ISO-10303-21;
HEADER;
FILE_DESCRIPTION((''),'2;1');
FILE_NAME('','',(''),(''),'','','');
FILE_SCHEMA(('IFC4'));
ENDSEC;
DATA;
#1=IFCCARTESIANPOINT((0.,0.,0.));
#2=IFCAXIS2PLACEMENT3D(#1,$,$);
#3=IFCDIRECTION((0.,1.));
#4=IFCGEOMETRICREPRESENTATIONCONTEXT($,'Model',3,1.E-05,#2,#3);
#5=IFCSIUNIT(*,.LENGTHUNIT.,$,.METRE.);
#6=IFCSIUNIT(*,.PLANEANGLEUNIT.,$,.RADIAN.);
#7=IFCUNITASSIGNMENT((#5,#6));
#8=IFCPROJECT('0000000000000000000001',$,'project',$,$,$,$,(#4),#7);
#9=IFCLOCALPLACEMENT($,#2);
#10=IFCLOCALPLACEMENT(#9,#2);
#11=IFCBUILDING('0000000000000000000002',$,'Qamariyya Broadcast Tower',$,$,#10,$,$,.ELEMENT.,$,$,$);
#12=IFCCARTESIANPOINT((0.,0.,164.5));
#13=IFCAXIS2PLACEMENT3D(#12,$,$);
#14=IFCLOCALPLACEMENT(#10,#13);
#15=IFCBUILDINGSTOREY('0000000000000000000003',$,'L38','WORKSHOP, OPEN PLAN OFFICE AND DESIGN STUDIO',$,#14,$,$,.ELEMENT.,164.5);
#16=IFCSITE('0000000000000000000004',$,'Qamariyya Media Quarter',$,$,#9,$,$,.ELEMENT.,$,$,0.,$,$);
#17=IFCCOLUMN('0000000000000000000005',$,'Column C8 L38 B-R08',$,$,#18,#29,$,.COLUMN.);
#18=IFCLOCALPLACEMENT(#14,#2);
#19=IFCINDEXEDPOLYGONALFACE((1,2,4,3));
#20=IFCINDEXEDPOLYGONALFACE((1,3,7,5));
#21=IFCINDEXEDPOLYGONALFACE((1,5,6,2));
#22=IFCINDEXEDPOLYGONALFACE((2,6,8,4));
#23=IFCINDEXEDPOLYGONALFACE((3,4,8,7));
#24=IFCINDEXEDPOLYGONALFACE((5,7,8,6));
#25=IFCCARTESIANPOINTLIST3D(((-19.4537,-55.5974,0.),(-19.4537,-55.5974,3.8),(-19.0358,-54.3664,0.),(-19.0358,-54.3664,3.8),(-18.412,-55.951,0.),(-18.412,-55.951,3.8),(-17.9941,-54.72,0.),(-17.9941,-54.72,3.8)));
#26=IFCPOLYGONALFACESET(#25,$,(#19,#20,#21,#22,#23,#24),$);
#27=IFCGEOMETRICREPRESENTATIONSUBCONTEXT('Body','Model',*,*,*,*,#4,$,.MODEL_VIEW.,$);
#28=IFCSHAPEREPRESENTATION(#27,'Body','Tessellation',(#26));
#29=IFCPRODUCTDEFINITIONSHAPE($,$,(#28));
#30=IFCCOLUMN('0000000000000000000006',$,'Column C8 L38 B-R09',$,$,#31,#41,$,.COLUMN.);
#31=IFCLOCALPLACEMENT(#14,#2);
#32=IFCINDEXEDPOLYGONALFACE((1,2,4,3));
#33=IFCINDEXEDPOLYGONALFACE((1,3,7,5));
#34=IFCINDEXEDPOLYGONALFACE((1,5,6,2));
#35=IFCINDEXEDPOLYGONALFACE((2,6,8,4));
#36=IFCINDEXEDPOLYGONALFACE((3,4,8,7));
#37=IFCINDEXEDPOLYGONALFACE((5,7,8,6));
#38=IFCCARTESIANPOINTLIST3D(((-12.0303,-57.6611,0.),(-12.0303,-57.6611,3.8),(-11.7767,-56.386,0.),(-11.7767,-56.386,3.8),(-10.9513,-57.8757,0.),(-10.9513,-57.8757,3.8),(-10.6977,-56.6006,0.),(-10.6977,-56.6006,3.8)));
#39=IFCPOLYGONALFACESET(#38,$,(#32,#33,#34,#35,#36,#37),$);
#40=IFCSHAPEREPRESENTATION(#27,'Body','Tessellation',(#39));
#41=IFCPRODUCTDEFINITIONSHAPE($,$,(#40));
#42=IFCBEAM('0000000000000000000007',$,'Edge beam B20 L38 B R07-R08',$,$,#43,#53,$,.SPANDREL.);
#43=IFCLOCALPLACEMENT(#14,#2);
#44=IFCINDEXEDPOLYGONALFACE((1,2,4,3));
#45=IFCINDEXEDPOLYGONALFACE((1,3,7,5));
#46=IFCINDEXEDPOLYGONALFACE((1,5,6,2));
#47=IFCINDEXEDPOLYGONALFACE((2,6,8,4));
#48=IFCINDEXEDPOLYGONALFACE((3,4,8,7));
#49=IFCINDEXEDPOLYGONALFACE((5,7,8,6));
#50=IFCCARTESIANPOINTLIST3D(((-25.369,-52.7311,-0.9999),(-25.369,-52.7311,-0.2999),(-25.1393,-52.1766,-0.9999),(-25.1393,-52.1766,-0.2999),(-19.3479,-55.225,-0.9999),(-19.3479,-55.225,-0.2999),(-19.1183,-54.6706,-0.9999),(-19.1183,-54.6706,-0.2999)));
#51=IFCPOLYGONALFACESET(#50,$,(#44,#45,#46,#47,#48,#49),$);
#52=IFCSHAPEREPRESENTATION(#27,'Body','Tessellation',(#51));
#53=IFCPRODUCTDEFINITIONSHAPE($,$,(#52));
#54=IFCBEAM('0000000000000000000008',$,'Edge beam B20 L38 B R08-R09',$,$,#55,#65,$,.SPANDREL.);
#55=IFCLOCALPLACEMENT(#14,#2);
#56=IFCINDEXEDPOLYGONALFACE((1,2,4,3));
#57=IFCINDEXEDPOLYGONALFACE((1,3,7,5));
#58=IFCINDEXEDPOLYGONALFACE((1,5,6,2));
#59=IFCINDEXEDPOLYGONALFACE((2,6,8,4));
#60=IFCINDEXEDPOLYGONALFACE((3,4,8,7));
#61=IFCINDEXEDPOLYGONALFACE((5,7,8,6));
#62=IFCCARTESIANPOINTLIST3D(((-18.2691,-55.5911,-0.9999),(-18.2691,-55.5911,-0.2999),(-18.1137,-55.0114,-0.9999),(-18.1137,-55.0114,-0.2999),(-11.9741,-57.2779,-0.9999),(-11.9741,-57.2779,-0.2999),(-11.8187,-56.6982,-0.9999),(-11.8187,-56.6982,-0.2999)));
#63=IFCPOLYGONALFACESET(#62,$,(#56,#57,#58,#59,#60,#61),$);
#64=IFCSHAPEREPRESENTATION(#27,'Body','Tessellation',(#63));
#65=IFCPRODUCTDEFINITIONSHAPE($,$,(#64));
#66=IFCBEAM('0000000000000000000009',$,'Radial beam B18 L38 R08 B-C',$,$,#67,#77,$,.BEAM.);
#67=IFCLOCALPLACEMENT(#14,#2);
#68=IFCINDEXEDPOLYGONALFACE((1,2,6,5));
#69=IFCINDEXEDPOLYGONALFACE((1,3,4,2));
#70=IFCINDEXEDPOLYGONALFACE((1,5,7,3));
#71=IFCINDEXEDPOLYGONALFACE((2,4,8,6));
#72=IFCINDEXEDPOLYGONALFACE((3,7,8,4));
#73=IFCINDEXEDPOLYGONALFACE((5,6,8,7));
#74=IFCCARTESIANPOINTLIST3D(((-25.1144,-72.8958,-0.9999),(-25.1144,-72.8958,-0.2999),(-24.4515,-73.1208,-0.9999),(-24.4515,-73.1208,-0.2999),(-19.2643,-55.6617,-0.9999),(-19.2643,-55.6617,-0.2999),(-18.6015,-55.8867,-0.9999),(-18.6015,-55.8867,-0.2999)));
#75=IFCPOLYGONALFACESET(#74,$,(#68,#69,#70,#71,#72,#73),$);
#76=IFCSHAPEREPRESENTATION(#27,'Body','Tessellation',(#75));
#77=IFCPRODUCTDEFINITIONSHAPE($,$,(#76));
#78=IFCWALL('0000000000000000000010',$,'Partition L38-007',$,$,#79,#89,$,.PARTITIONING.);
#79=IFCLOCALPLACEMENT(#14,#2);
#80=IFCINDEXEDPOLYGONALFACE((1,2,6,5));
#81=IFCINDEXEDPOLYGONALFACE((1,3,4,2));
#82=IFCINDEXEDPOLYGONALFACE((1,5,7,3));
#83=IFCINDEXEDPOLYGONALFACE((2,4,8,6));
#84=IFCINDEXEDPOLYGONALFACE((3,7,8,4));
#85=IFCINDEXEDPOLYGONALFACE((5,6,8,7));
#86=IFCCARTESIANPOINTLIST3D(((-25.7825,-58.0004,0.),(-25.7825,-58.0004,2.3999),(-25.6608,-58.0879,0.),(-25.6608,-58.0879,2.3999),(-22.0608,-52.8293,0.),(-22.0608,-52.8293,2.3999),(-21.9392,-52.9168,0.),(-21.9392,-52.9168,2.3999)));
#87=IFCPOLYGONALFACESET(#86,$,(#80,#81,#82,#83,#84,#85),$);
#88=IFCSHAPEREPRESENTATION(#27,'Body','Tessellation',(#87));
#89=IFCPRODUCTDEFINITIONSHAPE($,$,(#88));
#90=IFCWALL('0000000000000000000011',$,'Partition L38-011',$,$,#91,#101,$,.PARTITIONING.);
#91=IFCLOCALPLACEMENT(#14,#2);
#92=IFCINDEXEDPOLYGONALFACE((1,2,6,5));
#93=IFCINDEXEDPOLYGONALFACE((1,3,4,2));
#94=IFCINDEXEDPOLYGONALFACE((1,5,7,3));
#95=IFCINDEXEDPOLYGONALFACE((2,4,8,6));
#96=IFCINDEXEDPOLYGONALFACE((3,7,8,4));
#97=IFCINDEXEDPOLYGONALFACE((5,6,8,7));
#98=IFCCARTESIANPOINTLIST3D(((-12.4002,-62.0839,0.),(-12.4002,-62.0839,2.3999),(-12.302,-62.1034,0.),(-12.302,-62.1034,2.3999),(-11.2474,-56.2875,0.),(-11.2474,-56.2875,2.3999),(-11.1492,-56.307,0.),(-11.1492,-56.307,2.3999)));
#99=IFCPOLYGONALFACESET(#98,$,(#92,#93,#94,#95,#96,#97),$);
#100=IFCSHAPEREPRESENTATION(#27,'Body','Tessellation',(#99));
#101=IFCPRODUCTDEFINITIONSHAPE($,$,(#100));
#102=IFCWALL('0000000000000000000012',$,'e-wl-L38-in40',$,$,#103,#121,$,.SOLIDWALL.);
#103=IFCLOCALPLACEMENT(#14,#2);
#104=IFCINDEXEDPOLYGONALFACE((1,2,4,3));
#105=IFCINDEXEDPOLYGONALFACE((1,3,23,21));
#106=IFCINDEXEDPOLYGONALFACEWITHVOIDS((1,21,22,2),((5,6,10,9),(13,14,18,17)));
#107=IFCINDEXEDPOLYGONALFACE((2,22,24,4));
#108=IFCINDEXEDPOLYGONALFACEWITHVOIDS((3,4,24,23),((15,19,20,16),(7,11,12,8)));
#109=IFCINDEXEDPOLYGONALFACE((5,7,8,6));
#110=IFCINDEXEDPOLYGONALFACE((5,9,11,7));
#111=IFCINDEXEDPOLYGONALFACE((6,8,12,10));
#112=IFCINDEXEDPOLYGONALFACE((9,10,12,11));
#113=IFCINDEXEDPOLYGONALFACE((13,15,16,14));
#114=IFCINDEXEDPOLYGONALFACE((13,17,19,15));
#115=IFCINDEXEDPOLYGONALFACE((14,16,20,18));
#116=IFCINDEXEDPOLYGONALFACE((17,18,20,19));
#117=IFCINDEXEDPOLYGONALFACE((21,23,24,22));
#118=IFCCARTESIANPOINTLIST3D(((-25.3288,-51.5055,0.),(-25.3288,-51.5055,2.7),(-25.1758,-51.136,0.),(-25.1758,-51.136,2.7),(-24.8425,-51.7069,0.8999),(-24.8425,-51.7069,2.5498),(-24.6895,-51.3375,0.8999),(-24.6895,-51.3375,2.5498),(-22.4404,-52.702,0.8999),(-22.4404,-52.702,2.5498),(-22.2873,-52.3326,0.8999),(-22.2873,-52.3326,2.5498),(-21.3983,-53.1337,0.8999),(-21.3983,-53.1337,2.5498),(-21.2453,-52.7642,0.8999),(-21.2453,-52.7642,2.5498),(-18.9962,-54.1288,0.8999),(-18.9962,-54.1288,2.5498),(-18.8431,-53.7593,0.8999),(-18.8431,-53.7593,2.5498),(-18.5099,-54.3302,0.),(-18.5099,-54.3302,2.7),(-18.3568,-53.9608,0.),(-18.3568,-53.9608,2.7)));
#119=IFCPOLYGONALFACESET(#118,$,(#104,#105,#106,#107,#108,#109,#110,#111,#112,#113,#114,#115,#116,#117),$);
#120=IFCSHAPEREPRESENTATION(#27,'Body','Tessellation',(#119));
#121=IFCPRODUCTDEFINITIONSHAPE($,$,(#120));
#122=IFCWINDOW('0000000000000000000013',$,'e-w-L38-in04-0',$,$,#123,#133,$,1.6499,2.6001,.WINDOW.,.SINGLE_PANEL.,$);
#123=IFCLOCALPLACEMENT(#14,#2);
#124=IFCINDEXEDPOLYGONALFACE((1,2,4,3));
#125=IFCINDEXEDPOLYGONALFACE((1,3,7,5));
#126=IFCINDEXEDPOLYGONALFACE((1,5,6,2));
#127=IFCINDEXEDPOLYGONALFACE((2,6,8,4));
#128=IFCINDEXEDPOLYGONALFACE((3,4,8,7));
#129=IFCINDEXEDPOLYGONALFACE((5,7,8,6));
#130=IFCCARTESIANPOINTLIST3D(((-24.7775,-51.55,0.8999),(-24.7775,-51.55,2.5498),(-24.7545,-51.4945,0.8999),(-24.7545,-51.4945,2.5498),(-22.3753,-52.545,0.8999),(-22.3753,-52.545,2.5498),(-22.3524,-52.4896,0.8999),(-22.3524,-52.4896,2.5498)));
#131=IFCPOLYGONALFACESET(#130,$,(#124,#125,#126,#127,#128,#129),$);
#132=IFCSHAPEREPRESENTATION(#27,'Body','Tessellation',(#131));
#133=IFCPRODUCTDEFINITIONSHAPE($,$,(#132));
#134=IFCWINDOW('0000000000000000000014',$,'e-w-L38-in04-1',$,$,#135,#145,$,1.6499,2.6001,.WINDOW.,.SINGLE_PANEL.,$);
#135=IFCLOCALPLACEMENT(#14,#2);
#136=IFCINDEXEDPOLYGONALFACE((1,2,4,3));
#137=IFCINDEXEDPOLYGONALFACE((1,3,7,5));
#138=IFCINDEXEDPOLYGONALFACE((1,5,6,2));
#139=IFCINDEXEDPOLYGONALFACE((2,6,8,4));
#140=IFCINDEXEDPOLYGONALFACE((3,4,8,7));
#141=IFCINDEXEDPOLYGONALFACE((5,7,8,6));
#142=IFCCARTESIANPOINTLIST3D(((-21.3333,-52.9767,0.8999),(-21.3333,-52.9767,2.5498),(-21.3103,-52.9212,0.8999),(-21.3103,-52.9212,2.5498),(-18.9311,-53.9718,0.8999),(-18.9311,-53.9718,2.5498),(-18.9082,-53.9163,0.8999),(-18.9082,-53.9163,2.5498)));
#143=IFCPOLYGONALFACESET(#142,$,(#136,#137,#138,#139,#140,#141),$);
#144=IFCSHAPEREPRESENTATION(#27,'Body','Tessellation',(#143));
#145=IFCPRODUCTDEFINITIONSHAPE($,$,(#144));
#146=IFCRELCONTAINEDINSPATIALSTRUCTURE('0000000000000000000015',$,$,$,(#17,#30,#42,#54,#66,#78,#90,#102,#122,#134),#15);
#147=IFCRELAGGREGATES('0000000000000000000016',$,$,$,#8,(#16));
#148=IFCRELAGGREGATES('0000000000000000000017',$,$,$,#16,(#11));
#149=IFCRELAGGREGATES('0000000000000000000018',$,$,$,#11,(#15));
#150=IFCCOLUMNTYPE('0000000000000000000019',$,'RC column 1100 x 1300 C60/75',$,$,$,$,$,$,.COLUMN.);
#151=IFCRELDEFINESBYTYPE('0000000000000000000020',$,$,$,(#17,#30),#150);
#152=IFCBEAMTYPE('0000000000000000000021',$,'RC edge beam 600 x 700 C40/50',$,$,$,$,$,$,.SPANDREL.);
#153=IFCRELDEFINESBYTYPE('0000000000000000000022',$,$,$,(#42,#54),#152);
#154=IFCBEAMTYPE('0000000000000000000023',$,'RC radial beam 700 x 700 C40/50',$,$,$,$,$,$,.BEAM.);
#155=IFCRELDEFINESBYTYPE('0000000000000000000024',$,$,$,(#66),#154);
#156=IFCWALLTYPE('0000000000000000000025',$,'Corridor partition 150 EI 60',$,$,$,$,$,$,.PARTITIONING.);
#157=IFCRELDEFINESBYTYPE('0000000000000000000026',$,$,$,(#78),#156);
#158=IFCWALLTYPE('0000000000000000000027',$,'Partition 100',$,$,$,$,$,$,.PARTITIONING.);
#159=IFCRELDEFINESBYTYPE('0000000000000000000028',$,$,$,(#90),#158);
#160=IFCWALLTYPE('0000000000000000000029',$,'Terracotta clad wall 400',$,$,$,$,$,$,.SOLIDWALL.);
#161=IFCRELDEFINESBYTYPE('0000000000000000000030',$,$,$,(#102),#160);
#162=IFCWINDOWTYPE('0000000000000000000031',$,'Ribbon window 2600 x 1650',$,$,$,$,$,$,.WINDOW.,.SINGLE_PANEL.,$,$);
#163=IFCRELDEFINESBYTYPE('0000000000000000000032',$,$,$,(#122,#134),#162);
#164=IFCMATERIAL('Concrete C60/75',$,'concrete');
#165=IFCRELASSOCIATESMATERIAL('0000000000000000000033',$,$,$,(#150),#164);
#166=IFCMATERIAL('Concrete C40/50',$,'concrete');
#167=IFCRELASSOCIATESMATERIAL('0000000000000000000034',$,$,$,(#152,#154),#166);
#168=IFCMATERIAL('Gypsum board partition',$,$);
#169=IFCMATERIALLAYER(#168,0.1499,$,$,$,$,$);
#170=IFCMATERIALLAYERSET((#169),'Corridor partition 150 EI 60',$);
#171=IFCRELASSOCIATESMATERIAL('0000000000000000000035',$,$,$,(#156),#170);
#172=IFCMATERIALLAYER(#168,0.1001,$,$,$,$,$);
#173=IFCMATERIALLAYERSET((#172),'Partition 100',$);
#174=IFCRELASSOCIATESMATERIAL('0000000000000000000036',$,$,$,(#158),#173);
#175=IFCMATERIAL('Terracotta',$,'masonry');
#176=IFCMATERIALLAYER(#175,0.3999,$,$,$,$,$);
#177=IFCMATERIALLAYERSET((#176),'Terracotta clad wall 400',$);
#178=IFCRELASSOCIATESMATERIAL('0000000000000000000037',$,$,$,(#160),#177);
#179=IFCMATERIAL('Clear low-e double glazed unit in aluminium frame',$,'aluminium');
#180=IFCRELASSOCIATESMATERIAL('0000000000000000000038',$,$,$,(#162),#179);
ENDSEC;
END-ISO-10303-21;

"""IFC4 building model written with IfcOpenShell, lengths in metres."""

from ifc_helpers import new_model, si_unit, direction, frame, frame_2d, origin, origin_2d, place, context, subcontext, project, spatial, rectangle, extrude, material, layer, layer_set, material_profile, profile_set, type_object, element, fill, save


model = new_model("IFC4")

# Units and contexts
model_context = context("Model", 3, precision=1e-05, world=origin(), true_north=direction((0.0, 1.0)))
body_context = subcontext(model_context, "Body", "Model", "MODEL_VIEW")
ifc_project = project(units=[si_unit("LENGTHUNIT", "METRE"), si_unit("PLANEANGLEUNIT", "RADIAN")], contexts=[model_context])

# Site, building, storey
site_placement = place(None, origin())
site = spatial("IfcSite", under=ifc_project, at=site_placement, Name="Qamariyya Media Quarter", CompositionType="ELEMENT", RefElevation=0.0)
building_placement = place(site_placement, origin())
building = spatial("IfcBuilding", under=site, at=building_placement, Name="Qamariyya Broadcast Tower", CompositionType="ELEMENT")
storey_placement = place(building_placement, frame((0.0, 0.0, 164.5)))
storey = spatial("IfcBuildingStorey", under=building, at=storey_placement, Name="L38", Description="WORKSHOP, OPEN PLAN OFFICE AND DESIGN STUDIO", CompositionType="ELEMENT", Elevation=164.5)

# Columns
ifc_material_1 = material(Name="Concrete C60/75", Category="concrete")
ifc_material_profile_1 = material_profile(ifc_material_1, rectangle(XDim=1.1001, YDim=1.3, at=origin_2d()))
ifc_profile_set_1 = profile_set([ifc_material_profile_1], Name="Concrete C60/75")
column_type = type_object("IfcColumnType", Name="RC column 1100 x 1300 C60/75", PredefinedType="COLUMN", material=ifc_profile_set_1)
for number, where, z_axis, x_axis, name in (
    (1, (-18.7239, -55.1587, 0.0), (0.0, 0.0, 1.0), (0.94693, -0.321439, 0.0), "Column C8 L38 B-R08"),
    (2, (-11.364, -57.1309, 0.0), (0.0, 0.0, 1.0), (0.980785, -0.19509, 0.0), "Column C8 L38 B-R09"),
):
    element("IfcColumn", number, at=place(storey_placement, frame(where, z_axis=z_axis, x_axis=x_axis)), inside=storey, type_object=column_type, Name=name, PredefinedType="COLUMN", context=body_context, shape_type="SweptSolid", body=[
        extrude(rectangle(XDim=1.1001, YDim=1.3, at=origin_2d()), origin(), (0.0, 0.0, 1.0), 3.8),
    ])

# Beams
ifc_material_2 = material(Name="Concrete C40/50", Category="concrete")
ifc_material_profile_2 = material_profile(ifc_material_2, rectangle(XDim=0.6001, YDim=0.7, at=origin_2d()))
ifc_profile_set_2 = profile_set([ifc_material_profile_2], Name="Concrete C40/50")
beam_type_1 = type_object("IfcBeamType", Name="RC edge beam 600 x 700 C40/50", PredefinedType="SPANDREL", material=ifc_profile_set_2)
for number, where, z_axis, x_axis, name in (
    (3, (-25.2542, -52.4539, -0.6499), (0.923884, -0.382673, 0.0), (0.382673, 0.923884, 0.0), "Edge beam B20 L38 B R07-R08"),
    (4, (-18.1914, -55.3013, -0.6499), (0.965924, -0.258826, 0.0), (0.258826, 0.965924, 0.0), "Edge beam B20 L38 B R08-R09"),
):
    element("IfcBeam", number, at=place(storey_placement, frame(where, z_axis=z_axis, x_axis=x_axis)), inside=storey, type_object=beam_type_1, Name=name, PredefinedType="SPANDREL", context=body_context, shape_type="SweptSolid", body=[
        extrude(rectangle(XDim=0.6001, YDim=0.7, at=origin_2d()), origin(), (0.0, 0.0, 1.0), 6.5171),
    ])
ifc_material_profile_3 = material_profile(ifc_material_2, rectangle(XDim=0.7, YDim=0.7, at=origin_2d()))
ifc_profile_set_3 = profile_set([ifc_material_profile_3], Name="Concrete C40/50")
beam_type_2 = type_object("IfcBeamType", Name="RC radial beam 700 x 700 C40/50", PredefinedType="BEAM", material=ifc_profile_set_3)
beam_placement = place(storey_placement, frame((-18.9329, -55.7742, -0.6499), z_axis=(-0.321434, -0.946932, 0.0), x_axis=(0.946932, -0.321434, 0.0)))
element("IfcBeam", 5, at=beam_placement, inside=storey, type_object=beam_type_2, Name="Radial beam B18 L38 R08 B-C", PredefinedType="BEAM", context=body_context, shape_type="SweptSolid", body=[
    extrude(rectangle(XDim=0.7, YDim=0.7, at=origin_2d()), origin(), (0.0, 0.0, 1.0), 18.2),
])

# Walls
ifc_material_3 = material(Name="Gypsum board partition")
ifc_layer_1 = layer(ifc_material_3, 0.1499)
ifc_layer_set_1 = layer_set([ifc_layer_1], Name="Corridor partition 150 EI 60")
wall_type_1 = type_object("IfcWallType", Name="Corridor partition 150 EI 60", PredefinedType="PARTITIONING", material=ifc_layer_set_1)
wall_1_placement = place(storey_placement, frame((-22.0, -52.873, 0.0), z_axis=(0.0, 0.0, 1.0), x_axis=(-0.584145, -0.811649, 0.0)))
element("IfcWall", 6, at=wall_1_placement, inside=storey, type_object=wall_type_1, Name="Partition L38-007", PredefinedType="PARTITIONING", context=body_context, shape_type="SweptSolid", body=[
    extrude(rectangle(XDim=6.3711, YDim=0.1499, at=frame_2d((3.1855, 0.0))), origin(), (0.0, 0.0, 1.0), 2.3999),
])
ifc_layer_2 = layer(ifc_material_3, 0.1001)
ifc_layer_set_2 = layer_set([ifc_layer_2], Name="Partition 100")
wall_type_2 = type_object("IfcWallType", Name="Partition 100", PredefinedType="PARTITIONING", material=ifc_layer_set_2)
wall_2_placement = place(storey_placement, frame((-11.1982, -56.2971, 0.0), z_axis=(0.0, 0.0, 1.0), x_axis=(-0.195067, -0.98079, 0.0)))
element("IfcWall", 7, at=wall_2_placement, inside=storey, type_object=wall_type_2, Name="Partition L38-011", PredefinedType="PARTITIONING", context=body_context, shape_type="SweptSolid", body=[
    extrude(rectangle(XDim=5.9099, YDim=0.1001, at=frame_2d((2.9551, 0.0))), origin(), (0.0, 0.0, 1.0), 2.3999),
])

# Wall, openings, windows
ifc_material_4 = material(Name="Terracotta", Category="masonry")
ifc_layer_3 = layer(ifc_material_4, 0.3999)
ifc_layer_set_3 = layer_set([ifc_layer_3], Name="Terracotta clad wall 400")
wall_type_3 = type_object("IfcWallType", Name="Terracotta clad wall 400", PredefinedType="SOLIDWALL", material=ifc_layer_set_3)
wall_3_placement = place(storey_placement, frame((-18.4333, -54.1455, 0.0), z_axis=(0.0, 0.0, 1.0), x_axis=(-0.923868, 0.382712, 0.0)))
wall_3 = element("IfcWall", 8, at=wall_3_placement, inside=storey, type_object=wall_type_3, Name="e-wl-L38-in40", PredefinedType="SOLIDWALL", context=body_context, shape_type="SweptSolid", body=[
    extrude(rectangle(XDim=7.3809, YDim=0.3999, at=frame_2d((3.6904, 0.0))), origin(), (0.0, 0.0, 1.0), 2.7),
])
opening_1_placement = place(wall_3_placement, frame((4.2544, 0.0, 0.8999)))
opening_1 = element("IfcOpeningElement", 9, at=opening_1_placement, cuts=wall_3, PredefinedType="OPENING", context=body_context, shape_type="SweptSolid", body=[
    extrude(rectangle(XDim=2.6001, YDim=1.6499, at=frame_2d((1.3, 0.825))), frame((0.0, 0.21, 0.0), z_axis=(0.0, -1.0, 0.0), x_axis=(1.0, 0.0, 0.0)), (0.0, 0.0, 1.0), 0.4199),
])
opening_2_placement = place(wall_3_placement, frame((0.5264, 0.0, 0.8999)))
opening_2 = element("IfcOpeningElement", 10, at=opening_2_placement, cuts=wall_3, PredefinedType="OPENING", context=body_context, shape_type="SweptSolid", body=[
    extrude(rectangle(XDim=2.6001, YDim=1.6499, at=frame_2d((1.3, 0.825))), frame((0.0, 0.21, 0.0), z_axis=(0.0, -1.0, 0.0), x_axis=(1.0, 0.0, 0.0)), (0.0, 0.0, 1.0), 0.4199),
])
ifc_material_5 = material(Name="Clear low-e double glazed unit in aluminium frame", Category="aluminium")
window_type = type_object("IfcWindowType", Name="Ribbon window 2600 x 1650", PartitioningType="SINGLE_PANEL", PredefinedType="WINDOW", material=ifc_material_5)
window_1_placement = place(opening_1_placement, origin())
window_1 = element("IfcWindow", 11, at=window_1_placement, inside=storey, type_object=window_type, Name="e-w-L38-in04-0", OverallHeight=1.6499, OverallWidth=2.6001, PartitioningType="SINGLE_PANEL", PredefinedType="WINDOW", context=body_context, shape_type="SweptSolid", body=[
    extrude(rectangle(XDim=2.6001, YDim=1.6499, at=frame_2d((1.3, 0.825))), frame((0.0, 0.03, 0.0), z_axis=(0.0, -1.0, 0.0), x_axis=(1.0, 0.0, 0.0)), (0.0, 0.0, 1.0), 0.0601),
])
fill(opening_1, window_1)
window_2_placement = place(opening_2_placement, origin())
window_2 = element("IfcWindow", 12, at=window_2_placement, inside=storey, type_object=window_type, Name="e-w-L38-in04-1", OverallHeight=1.6499, OverallWidth=2.6001, PartitioningType="SINGLE_PANEL", PredefinedType="WINDOW", context=body_context, shape_type="SweptSolid", body=[
    extrude(rectangle(XDim=2.6001, YDim=1.6499, at=frame_2d((1.3, 0.825))), frame((0.0, 0.03, 0.0), z_axis=(0.0, -1.0, 0.0), x_axis=(1.0, 0.0, 0.0)), (0.0, 0.0, 1.0), 0.0601),
])
fill(opening_2, window_2)

save(model, "model.ifc")
